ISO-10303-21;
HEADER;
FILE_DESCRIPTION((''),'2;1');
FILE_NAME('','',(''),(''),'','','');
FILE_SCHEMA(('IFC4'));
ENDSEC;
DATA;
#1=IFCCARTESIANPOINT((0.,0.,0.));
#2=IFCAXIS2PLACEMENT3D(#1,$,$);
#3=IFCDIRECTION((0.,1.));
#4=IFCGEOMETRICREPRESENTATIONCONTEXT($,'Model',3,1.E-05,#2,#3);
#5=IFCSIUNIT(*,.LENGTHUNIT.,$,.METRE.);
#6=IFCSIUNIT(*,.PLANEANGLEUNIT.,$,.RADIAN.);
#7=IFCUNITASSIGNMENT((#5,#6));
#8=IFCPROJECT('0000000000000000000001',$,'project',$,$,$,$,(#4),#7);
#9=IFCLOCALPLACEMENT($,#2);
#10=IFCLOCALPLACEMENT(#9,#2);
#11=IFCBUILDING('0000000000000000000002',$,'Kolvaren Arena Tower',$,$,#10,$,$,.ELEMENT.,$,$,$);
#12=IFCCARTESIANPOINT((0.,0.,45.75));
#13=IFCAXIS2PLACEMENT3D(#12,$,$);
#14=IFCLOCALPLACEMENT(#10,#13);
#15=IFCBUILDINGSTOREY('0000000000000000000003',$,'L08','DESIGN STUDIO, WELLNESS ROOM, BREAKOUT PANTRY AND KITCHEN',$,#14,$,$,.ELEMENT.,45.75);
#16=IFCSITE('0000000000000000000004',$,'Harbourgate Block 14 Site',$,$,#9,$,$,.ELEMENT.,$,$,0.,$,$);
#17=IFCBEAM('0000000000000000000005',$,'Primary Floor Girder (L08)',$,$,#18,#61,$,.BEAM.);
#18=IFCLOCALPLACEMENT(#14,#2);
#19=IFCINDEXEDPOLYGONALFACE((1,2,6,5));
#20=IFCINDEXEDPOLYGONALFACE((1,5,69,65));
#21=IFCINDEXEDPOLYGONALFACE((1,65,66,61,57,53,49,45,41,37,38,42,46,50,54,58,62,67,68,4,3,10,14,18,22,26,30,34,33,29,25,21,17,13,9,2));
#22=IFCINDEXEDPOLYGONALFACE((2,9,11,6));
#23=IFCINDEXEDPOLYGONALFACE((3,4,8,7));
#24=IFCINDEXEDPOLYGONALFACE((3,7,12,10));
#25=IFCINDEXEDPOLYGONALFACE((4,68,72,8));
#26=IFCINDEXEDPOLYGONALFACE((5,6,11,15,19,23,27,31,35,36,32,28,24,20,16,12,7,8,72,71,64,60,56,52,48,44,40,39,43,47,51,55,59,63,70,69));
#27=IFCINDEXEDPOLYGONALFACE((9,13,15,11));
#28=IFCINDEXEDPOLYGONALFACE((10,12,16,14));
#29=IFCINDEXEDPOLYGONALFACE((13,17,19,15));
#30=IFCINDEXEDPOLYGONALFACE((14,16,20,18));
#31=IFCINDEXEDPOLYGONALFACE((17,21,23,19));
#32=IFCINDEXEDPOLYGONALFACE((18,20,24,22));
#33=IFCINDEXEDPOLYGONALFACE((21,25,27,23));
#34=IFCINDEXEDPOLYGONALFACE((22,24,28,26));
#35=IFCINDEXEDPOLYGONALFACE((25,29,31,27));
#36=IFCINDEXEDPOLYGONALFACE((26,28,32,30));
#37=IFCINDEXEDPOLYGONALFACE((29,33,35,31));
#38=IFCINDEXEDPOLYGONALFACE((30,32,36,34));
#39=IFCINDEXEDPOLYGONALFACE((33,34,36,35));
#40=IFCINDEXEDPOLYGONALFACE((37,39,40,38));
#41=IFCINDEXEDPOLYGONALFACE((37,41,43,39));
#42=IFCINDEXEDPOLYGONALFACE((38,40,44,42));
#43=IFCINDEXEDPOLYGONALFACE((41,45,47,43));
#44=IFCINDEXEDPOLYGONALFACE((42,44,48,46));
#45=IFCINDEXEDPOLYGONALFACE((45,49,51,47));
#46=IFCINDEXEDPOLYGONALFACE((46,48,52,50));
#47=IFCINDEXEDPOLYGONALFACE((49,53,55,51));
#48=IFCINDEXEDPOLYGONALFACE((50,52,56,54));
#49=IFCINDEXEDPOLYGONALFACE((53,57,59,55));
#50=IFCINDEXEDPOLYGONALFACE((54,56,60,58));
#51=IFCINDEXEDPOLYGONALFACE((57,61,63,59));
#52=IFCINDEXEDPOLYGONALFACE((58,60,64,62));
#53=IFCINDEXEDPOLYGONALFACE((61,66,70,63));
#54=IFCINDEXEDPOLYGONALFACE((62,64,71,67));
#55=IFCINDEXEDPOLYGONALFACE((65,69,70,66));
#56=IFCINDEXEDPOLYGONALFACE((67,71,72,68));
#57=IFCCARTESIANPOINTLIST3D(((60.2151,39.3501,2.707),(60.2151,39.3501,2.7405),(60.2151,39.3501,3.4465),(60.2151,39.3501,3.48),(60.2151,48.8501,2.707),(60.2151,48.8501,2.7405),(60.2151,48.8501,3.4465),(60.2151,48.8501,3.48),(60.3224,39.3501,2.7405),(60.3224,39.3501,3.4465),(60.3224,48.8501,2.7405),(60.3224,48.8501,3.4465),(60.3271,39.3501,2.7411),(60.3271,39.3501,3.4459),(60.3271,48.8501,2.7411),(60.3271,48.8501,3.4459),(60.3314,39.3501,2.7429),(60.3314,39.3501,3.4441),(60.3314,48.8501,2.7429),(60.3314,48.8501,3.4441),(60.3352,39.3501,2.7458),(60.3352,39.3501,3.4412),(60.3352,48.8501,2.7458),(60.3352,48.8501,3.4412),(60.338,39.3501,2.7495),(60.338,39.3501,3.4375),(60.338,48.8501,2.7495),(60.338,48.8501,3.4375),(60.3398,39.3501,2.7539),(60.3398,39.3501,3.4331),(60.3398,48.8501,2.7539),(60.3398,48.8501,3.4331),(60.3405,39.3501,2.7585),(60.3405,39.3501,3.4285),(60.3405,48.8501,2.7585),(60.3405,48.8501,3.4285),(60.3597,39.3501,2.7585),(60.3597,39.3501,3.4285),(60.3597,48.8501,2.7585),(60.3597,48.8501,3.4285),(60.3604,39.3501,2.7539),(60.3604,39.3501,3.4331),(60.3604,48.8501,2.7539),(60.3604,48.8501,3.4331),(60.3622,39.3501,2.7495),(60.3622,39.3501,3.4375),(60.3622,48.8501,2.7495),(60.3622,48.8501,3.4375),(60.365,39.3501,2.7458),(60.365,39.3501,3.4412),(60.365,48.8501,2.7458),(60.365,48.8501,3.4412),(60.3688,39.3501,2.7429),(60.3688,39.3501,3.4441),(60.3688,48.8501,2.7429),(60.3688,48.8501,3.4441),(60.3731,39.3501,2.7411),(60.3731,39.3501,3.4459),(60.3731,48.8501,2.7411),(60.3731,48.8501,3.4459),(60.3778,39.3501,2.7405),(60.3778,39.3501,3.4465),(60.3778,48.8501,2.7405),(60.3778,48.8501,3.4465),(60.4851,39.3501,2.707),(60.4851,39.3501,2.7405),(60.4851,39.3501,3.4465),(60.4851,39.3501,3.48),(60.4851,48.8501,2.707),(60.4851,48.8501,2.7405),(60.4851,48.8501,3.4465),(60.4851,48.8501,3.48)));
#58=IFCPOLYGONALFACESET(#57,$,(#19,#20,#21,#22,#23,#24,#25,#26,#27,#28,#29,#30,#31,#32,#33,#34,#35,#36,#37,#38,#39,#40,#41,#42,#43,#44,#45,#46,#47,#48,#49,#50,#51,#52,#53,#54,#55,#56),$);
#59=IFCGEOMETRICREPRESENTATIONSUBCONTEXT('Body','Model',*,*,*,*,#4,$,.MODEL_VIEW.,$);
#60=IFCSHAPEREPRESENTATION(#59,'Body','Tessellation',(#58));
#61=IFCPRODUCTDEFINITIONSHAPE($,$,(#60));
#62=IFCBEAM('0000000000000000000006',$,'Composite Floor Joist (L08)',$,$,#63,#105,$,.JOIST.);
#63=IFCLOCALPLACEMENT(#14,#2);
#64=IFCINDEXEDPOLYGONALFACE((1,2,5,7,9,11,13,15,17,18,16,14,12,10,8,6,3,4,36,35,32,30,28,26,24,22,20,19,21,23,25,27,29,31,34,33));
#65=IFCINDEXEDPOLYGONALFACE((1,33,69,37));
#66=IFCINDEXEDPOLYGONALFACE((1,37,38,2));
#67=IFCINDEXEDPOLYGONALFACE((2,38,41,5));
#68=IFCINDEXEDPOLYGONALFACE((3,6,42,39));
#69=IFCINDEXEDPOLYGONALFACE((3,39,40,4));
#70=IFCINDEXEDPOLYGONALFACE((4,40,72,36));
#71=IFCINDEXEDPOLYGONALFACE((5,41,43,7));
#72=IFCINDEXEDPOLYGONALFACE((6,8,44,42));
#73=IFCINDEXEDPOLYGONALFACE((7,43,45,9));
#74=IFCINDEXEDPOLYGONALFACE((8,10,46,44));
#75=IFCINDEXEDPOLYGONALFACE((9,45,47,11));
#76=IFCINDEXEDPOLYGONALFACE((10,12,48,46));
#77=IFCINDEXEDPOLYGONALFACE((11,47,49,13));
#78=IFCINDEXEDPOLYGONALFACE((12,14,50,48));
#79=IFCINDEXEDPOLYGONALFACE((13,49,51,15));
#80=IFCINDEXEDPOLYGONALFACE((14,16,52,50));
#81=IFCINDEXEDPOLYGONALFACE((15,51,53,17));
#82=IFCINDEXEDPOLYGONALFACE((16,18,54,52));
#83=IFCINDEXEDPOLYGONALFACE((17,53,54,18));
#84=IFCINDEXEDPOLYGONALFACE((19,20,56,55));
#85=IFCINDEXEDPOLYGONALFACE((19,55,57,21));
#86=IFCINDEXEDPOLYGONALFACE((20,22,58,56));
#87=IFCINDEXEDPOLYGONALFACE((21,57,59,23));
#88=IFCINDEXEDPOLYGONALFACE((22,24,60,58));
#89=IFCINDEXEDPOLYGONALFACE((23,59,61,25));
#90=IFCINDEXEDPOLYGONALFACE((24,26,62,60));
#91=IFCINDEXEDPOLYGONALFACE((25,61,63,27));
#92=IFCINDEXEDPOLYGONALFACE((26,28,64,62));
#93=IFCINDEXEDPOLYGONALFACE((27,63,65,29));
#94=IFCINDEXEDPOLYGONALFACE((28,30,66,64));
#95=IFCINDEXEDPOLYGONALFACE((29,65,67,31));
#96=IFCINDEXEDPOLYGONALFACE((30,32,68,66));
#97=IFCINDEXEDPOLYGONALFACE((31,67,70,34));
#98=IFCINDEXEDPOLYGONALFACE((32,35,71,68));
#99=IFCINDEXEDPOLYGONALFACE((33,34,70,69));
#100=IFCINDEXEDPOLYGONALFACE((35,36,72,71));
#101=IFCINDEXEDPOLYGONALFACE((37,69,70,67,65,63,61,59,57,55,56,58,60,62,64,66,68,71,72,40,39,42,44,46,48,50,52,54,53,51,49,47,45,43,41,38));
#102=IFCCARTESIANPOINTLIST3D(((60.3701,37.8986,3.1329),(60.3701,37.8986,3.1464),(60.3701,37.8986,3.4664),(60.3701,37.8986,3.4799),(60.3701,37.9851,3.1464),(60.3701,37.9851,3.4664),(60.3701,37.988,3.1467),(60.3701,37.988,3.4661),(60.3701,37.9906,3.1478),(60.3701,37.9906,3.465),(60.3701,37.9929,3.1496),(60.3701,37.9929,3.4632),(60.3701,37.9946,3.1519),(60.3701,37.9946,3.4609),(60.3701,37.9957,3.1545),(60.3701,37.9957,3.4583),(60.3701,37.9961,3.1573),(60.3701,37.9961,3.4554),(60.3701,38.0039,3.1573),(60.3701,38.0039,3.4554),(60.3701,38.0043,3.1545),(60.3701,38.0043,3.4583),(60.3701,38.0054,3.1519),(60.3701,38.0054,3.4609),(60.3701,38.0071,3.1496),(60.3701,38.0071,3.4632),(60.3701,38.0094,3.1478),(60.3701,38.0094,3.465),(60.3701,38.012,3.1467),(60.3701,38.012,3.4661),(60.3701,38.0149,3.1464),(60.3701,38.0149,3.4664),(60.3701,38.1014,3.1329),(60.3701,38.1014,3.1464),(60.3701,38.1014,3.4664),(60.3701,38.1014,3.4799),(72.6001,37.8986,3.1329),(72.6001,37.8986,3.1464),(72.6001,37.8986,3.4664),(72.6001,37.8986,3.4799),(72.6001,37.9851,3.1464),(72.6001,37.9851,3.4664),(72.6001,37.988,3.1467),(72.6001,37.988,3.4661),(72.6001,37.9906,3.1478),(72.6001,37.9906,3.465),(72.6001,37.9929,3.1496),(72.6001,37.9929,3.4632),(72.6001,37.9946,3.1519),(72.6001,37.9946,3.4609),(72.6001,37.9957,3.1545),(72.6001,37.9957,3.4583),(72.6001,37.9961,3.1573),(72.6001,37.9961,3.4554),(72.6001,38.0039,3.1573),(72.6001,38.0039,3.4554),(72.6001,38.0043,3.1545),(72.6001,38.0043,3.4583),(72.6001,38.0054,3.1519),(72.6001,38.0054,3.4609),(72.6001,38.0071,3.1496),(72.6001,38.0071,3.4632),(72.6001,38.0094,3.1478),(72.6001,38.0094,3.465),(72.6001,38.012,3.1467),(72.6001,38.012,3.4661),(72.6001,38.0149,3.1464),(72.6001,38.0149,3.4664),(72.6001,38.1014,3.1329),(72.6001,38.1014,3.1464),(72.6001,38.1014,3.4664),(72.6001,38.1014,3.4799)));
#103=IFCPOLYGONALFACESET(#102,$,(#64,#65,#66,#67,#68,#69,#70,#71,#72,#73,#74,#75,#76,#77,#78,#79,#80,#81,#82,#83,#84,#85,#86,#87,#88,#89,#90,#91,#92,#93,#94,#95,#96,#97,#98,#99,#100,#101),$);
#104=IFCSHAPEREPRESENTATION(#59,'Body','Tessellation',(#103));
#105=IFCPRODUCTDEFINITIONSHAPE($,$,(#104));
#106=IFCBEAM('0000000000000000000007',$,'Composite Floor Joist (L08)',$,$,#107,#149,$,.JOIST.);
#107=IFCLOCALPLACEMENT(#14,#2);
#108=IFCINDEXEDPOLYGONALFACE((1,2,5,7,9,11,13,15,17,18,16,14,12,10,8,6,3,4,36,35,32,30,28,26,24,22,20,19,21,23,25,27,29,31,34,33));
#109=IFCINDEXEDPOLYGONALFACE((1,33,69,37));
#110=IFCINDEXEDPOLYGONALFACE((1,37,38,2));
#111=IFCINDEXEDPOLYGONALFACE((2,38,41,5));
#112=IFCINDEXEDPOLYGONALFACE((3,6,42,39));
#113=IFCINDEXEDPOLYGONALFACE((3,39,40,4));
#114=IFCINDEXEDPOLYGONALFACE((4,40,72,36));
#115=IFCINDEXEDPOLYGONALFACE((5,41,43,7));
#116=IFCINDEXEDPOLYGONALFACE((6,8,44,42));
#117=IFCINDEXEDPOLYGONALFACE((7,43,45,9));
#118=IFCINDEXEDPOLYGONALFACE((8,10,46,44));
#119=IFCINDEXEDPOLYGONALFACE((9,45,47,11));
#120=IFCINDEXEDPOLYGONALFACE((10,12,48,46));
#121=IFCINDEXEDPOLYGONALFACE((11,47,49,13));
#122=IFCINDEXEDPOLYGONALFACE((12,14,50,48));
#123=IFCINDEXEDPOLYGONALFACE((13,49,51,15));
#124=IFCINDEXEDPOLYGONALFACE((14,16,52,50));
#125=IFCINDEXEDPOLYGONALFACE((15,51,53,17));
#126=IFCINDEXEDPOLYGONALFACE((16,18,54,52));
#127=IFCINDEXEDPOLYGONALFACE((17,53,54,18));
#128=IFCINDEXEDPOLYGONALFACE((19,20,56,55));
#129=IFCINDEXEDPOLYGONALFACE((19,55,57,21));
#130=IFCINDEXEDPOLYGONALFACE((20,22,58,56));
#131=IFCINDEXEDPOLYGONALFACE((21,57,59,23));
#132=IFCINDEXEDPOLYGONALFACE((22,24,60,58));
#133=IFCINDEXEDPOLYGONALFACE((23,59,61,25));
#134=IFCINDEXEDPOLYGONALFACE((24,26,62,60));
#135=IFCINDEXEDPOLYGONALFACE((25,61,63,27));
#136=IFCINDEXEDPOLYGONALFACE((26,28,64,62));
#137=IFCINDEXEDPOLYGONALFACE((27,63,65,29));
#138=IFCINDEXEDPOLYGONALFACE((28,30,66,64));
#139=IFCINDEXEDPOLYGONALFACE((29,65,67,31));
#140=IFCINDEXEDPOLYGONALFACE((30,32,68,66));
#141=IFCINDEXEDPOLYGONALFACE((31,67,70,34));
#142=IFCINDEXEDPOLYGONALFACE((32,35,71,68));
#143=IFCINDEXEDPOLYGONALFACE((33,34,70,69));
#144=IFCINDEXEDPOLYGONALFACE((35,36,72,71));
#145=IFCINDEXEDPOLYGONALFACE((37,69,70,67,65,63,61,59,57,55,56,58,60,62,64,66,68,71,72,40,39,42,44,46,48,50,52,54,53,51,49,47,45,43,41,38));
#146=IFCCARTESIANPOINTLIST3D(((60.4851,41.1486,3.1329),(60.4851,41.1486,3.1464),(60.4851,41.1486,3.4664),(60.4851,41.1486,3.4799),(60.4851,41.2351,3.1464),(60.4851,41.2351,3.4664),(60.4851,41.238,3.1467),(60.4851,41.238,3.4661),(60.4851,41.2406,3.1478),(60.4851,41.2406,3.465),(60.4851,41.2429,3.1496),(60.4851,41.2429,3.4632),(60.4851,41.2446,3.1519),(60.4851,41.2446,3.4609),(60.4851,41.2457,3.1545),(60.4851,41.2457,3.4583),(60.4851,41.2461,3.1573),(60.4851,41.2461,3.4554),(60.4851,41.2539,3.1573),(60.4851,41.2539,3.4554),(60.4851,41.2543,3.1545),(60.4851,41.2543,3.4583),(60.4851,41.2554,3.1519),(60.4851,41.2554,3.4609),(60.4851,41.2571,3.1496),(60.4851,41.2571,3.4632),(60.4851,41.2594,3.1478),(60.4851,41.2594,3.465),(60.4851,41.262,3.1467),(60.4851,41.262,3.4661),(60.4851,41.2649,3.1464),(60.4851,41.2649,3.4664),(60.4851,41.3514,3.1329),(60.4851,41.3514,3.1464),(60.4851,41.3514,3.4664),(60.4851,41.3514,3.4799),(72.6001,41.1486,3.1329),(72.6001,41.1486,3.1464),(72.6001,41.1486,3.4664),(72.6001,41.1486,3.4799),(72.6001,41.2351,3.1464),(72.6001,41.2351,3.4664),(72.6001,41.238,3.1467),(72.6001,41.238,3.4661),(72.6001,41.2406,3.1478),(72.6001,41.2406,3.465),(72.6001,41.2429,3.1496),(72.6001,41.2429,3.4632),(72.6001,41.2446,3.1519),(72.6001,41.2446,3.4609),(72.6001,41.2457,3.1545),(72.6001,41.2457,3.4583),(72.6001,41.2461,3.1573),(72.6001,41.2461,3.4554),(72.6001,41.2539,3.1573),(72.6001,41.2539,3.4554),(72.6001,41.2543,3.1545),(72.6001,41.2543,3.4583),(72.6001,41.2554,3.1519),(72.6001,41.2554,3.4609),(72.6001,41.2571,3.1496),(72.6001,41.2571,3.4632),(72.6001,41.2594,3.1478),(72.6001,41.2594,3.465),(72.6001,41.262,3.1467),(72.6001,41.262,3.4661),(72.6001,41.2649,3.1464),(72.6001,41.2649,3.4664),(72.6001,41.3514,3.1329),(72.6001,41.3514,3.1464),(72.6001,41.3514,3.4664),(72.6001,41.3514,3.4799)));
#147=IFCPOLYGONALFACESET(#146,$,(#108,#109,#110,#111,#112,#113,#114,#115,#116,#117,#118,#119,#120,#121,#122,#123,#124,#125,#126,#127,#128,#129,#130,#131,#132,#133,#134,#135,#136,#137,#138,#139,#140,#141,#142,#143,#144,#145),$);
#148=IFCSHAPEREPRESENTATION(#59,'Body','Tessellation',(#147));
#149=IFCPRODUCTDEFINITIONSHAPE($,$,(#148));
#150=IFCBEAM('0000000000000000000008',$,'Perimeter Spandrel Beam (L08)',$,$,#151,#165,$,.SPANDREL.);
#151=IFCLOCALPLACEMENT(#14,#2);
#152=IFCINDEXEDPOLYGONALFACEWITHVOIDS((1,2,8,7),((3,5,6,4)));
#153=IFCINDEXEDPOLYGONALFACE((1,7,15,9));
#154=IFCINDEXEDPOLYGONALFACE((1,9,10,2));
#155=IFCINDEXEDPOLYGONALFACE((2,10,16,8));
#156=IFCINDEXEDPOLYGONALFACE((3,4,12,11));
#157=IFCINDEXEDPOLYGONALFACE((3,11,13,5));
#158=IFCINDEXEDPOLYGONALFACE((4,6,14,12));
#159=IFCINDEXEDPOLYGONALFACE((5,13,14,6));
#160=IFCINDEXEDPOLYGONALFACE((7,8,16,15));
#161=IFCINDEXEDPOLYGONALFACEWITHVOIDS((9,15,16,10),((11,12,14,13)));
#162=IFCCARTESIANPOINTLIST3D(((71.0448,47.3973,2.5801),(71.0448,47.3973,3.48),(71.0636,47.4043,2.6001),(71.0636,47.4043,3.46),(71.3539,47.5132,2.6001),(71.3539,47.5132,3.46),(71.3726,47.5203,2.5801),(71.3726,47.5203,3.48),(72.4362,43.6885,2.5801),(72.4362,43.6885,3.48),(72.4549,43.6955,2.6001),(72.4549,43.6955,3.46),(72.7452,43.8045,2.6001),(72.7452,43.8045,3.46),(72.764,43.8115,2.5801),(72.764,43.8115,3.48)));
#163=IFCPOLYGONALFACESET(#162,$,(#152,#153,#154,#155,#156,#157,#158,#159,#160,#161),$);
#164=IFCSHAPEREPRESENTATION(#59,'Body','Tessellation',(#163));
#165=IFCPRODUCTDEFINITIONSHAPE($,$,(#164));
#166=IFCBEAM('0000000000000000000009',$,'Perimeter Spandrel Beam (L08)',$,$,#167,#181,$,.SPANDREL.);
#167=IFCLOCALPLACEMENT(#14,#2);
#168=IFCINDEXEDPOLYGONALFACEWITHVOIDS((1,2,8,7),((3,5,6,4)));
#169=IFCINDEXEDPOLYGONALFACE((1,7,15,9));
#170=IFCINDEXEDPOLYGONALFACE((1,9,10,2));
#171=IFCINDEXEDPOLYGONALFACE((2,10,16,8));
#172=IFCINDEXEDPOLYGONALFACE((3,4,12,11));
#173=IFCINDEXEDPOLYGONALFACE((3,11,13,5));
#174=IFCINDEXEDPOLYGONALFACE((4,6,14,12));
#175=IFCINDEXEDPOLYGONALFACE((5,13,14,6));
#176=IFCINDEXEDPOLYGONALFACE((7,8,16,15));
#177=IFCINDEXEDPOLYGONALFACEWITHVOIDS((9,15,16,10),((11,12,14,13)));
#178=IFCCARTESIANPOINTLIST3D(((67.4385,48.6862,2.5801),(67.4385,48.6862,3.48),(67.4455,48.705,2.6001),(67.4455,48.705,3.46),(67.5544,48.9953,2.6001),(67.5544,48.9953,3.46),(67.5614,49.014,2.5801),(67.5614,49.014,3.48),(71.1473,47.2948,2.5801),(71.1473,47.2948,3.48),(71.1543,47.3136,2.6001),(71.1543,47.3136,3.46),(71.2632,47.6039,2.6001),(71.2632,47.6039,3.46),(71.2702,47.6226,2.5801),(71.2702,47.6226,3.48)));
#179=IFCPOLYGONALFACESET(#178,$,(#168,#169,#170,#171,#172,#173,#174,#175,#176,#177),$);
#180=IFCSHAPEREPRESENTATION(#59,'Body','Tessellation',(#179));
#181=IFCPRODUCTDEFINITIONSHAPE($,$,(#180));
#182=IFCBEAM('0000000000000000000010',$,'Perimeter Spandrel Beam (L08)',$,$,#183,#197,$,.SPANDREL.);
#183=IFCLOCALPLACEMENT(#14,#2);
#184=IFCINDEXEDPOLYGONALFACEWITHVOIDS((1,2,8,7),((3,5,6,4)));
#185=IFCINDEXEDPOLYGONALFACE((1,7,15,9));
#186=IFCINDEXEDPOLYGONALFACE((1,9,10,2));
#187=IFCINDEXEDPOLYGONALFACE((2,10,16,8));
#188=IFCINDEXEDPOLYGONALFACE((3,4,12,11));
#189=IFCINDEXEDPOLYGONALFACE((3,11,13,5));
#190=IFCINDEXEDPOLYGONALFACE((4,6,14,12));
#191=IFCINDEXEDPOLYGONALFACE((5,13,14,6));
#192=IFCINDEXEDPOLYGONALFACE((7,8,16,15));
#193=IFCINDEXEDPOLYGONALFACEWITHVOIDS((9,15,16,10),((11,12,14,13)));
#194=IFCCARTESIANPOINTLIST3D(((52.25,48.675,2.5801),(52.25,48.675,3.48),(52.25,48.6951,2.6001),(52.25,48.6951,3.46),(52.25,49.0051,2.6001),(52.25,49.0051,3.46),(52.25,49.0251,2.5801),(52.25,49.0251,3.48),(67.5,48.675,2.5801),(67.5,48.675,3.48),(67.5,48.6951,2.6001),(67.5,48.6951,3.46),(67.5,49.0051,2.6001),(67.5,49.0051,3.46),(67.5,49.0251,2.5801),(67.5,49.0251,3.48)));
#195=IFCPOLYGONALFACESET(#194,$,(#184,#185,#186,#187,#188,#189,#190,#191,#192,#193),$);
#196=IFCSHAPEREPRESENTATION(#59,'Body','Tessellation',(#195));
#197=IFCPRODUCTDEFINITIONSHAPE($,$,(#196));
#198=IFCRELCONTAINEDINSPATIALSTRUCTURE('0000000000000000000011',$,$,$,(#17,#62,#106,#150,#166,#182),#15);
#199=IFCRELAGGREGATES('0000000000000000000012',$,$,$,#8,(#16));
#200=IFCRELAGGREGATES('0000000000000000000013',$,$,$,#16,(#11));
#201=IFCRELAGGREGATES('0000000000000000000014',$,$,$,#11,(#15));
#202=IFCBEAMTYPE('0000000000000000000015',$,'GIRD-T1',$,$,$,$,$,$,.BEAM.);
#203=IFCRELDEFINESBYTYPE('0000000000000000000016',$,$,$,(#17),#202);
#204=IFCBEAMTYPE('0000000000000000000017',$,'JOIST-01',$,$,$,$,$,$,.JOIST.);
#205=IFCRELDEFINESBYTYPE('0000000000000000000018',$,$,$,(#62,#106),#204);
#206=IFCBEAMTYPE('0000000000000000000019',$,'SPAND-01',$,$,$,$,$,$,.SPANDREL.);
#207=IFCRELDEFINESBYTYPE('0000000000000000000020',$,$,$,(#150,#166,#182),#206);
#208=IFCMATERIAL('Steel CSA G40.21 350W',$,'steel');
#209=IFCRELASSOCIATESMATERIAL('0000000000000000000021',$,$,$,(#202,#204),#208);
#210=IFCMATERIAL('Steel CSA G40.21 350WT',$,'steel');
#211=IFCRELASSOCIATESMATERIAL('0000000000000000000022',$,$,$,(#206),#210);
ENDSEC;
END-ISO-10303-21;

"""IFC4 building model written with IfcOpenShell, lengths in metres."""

from ifc_helpers import new_model, si_unit, direction, frame, origin, origin_2d, place, context, subcontext, project, spatial, hollow_rectangle, i_section, extrude, material, material_profile, profile_set, type_object, element, save


model = new_model("IFC4")

# Units and contexts
model_context = context("Model", 3, precision=1e-05, world=origin(), true_north=direction((0.0, 1.0)))
body_context = subcontext(model_context, "Body", "Model", "MODEL_VIEW")
ifc_project = project(units=[si_unit("LENGTHUNIT", "METRE"), si_unit("PLANEANGLEUNIT", "RADIAN")], contexts=[model_context])

# Site, building, storey
site_placement = place(None, origin())
site = spatial("IfcSite", under=ifc_project, at=site_placement, Name="Harbourgate Block 14 Site", CompositionType="ELEMENT", RefElevation=0.0)
building_placement = place(site_placement, origin())
building = spatial("IfcBuilding", under=site, at=building_placement, Name="Kolvaren Arena Tower", CompositionType="ELEMENT")
storey_placement = place(building_placement, frame((0.0, 0.0, 45.75)))
storey = spatial("IfcBuildingStorey", under=building, at=storey_placement, Name="L08", Description="DESIGN STUDIO, WELLNESS ROOM, BREAKOUT PANTRY AND KITCHEN", CompositionType="ELEMENT", Elevation=45.75)

# Beams
ifc_material_1 = material(Name="Steel CSA G40.21 350W", Category="steel")
ifc_material_profile_1 = material_profile(ifc_material_1, i_section(OverallWidth=0.27, OverallDepth=0.7729, WebThickness=0.0193, FlangeThickness=0.0334, FilletRadius=0.0181, at=origin_2d()), Name="W760x257")
ifc_profile_set_1 = profile_set([ifc_material_profile_1], Name="Steel CSA G40.21 350W")
beam_type_1 = type_object("IfcBeamType", Name="GIRD-T1", PredefinedType="BEAM", material=ifc_profile_set_1)
beam_1_placement = place(storey_placement, frame((60.3501, 39.3501, 3.0935), z_axis=(0.0, 1.0, 0.0), x_axis=(-1.0, 0.0, 0.0)))
element("IfcBeam", 1, at=beam_1_placement, inside=storey, type_object=beam_type_1, Name="Primary Floor Girder (L08)", PredefinedType="BEAM", context=body_context, shape_type="SweptSolid", body=[
    extrude(i_section(OverallWidth=0.27, OverallDepth=0.7729, WebThickness=0.0193, FlangeThickness=0.0334, FilletRadius=0.0181, at=origin_2d()), origin(), (0.0, 0.0, 1.0), 9.5),
])
ifc_material_profile_2 = material_profile(ifc_material_1, i_section(OverallWidth=0.2029, OverallDepth=0.3469, WebThickness=0.0078, FlangeThickness=0.0134, FilletRadius=0.011, at=origin_2d()), Name="W360x64")
ifc_profile_set_2 = profile_set([ifc_material_profile_2], Name="Steel CSA G40.21 350W")
beam_type_2 = type_object("IfcBeamType", Name="JOIST-01", PredefinedType="JOIST", material=ifc_profile_set_2)
beam_2_placement = place(storey_placement, frame((60.3701, 38.0, 3.3064), z_axis=(1.0, 0.0, 0.0), x_axis=(0.0, 1.0, 0.0)))
element("IfcBeam", 2, at=beam_2_placement, inside=storey, type_object=beam_type_2, Name="Composite Floor Joist (L08)", PredefinedType="JOIST", context=body_context, shape_type="SweptSolid", body=[
    extrude(i_section(OverallWidth=0.2029, OverallDepth=0.3469, WebThickness=0.0078, FlangeThickness=0.0134, FilletRadius=0.011, at=origin_2d()), origin(), (0.0, 0.0, 1.0), 12.23),
])
beam_3_placement = place(storey_placement, frame((60.4851, 41.25, 3.3064), z_axis=(1.0, 0.0, 0.0), x_axis=(0.0, 1.0, 0.0)))
element("IfcBeam", 3, at=beam_3_placement, inside=storey, type_object=beam_type_2, Name="Composite Floor Joist (L08)", PredefinedType="JOIST", context=body_context, shape_type="SweptSolid", body=[
    extrude(i_section(OverallWidth=0.2029, OverallDepth=0.3469, WebThickness=0.0078, FlangeThickness=0.0134, FilletRadius=0.011, at=origin_2d()), origin(), (0.0, 0.0, 1.0), 12.115),
])
ifc_material_2 = material(Name="Steel CSA G40.21 350WT", Category="steel")
ifc_material_profile_3 = material_profile(ifc_material_2, hollow_rectangle(XDim=0.3501, YDim=0.8999, WallThickness=0.02, at=origin_2d()), Name="HSS 900x350x20")
ifc_profile_set_3 = profile_set([ifc_material_profile_3], Name="Steel CSA G40.21 350WT")
beam_type_3 = type_object("IfcBeamType", Name="SPAND-01", PredefinedType="SPANDREL", material=ifc_profile_set_3)
for number, where, z_axis, x_axis, name in (
    (4, (72.6001, 43.75, 3.03), (-0.351252, 0.936281, 0.0), (-0.936281, -0.351252, 0.0), "Perimeter Spandrel Beam (L08)"),
    (5, (71.2087, 47.4587, 3.03), (-0.936281, 0.351252, 0.0), (-0.351252, -0.936281, 0.0), "Perimeter Spandrel Beam (L08)"),
):
    element("IfcBeam", number, at=place(storey_placement, frame(where, z_axis=z_axis, x_axis=x_axis)), inside=storey, type_object=beam_type_3, Name=name, PredefinedType="SPANDREL", context=body_context, shape_type="SweptSolid", body=[
        extrude(hollow_rectangle(XDim=0.3501, YDim=0.8999, WallThickness=0.02, at=origin_2d()), origin(), (0.0, 0.0, 1.0), 3.9612),
    ])
beam_4_placement = place(storey_placement, frame((67.5, 48.8501, 3.03), z_axis=(-1.0, 0.0, 0.0), x_axis=(0.0, -1.0, 0.0)))
element("IfcBeam", 6, at=beam_4_placement, inside=storey, type_object=beam_type_3, Name="Perimeter Spandrel Beam (L08)", PredefinedType="SPANDREL", context=body_context, shape_type="SweptSolid", body=[
    extrude(hollow_rectangle(XDim=0.3501, YDim=0.8999, WallThickness=0.02, at=origin_2d()), origin(), (0.0, 0.0, 1.0), 15.25),
])

save(model, "model.ifc")
